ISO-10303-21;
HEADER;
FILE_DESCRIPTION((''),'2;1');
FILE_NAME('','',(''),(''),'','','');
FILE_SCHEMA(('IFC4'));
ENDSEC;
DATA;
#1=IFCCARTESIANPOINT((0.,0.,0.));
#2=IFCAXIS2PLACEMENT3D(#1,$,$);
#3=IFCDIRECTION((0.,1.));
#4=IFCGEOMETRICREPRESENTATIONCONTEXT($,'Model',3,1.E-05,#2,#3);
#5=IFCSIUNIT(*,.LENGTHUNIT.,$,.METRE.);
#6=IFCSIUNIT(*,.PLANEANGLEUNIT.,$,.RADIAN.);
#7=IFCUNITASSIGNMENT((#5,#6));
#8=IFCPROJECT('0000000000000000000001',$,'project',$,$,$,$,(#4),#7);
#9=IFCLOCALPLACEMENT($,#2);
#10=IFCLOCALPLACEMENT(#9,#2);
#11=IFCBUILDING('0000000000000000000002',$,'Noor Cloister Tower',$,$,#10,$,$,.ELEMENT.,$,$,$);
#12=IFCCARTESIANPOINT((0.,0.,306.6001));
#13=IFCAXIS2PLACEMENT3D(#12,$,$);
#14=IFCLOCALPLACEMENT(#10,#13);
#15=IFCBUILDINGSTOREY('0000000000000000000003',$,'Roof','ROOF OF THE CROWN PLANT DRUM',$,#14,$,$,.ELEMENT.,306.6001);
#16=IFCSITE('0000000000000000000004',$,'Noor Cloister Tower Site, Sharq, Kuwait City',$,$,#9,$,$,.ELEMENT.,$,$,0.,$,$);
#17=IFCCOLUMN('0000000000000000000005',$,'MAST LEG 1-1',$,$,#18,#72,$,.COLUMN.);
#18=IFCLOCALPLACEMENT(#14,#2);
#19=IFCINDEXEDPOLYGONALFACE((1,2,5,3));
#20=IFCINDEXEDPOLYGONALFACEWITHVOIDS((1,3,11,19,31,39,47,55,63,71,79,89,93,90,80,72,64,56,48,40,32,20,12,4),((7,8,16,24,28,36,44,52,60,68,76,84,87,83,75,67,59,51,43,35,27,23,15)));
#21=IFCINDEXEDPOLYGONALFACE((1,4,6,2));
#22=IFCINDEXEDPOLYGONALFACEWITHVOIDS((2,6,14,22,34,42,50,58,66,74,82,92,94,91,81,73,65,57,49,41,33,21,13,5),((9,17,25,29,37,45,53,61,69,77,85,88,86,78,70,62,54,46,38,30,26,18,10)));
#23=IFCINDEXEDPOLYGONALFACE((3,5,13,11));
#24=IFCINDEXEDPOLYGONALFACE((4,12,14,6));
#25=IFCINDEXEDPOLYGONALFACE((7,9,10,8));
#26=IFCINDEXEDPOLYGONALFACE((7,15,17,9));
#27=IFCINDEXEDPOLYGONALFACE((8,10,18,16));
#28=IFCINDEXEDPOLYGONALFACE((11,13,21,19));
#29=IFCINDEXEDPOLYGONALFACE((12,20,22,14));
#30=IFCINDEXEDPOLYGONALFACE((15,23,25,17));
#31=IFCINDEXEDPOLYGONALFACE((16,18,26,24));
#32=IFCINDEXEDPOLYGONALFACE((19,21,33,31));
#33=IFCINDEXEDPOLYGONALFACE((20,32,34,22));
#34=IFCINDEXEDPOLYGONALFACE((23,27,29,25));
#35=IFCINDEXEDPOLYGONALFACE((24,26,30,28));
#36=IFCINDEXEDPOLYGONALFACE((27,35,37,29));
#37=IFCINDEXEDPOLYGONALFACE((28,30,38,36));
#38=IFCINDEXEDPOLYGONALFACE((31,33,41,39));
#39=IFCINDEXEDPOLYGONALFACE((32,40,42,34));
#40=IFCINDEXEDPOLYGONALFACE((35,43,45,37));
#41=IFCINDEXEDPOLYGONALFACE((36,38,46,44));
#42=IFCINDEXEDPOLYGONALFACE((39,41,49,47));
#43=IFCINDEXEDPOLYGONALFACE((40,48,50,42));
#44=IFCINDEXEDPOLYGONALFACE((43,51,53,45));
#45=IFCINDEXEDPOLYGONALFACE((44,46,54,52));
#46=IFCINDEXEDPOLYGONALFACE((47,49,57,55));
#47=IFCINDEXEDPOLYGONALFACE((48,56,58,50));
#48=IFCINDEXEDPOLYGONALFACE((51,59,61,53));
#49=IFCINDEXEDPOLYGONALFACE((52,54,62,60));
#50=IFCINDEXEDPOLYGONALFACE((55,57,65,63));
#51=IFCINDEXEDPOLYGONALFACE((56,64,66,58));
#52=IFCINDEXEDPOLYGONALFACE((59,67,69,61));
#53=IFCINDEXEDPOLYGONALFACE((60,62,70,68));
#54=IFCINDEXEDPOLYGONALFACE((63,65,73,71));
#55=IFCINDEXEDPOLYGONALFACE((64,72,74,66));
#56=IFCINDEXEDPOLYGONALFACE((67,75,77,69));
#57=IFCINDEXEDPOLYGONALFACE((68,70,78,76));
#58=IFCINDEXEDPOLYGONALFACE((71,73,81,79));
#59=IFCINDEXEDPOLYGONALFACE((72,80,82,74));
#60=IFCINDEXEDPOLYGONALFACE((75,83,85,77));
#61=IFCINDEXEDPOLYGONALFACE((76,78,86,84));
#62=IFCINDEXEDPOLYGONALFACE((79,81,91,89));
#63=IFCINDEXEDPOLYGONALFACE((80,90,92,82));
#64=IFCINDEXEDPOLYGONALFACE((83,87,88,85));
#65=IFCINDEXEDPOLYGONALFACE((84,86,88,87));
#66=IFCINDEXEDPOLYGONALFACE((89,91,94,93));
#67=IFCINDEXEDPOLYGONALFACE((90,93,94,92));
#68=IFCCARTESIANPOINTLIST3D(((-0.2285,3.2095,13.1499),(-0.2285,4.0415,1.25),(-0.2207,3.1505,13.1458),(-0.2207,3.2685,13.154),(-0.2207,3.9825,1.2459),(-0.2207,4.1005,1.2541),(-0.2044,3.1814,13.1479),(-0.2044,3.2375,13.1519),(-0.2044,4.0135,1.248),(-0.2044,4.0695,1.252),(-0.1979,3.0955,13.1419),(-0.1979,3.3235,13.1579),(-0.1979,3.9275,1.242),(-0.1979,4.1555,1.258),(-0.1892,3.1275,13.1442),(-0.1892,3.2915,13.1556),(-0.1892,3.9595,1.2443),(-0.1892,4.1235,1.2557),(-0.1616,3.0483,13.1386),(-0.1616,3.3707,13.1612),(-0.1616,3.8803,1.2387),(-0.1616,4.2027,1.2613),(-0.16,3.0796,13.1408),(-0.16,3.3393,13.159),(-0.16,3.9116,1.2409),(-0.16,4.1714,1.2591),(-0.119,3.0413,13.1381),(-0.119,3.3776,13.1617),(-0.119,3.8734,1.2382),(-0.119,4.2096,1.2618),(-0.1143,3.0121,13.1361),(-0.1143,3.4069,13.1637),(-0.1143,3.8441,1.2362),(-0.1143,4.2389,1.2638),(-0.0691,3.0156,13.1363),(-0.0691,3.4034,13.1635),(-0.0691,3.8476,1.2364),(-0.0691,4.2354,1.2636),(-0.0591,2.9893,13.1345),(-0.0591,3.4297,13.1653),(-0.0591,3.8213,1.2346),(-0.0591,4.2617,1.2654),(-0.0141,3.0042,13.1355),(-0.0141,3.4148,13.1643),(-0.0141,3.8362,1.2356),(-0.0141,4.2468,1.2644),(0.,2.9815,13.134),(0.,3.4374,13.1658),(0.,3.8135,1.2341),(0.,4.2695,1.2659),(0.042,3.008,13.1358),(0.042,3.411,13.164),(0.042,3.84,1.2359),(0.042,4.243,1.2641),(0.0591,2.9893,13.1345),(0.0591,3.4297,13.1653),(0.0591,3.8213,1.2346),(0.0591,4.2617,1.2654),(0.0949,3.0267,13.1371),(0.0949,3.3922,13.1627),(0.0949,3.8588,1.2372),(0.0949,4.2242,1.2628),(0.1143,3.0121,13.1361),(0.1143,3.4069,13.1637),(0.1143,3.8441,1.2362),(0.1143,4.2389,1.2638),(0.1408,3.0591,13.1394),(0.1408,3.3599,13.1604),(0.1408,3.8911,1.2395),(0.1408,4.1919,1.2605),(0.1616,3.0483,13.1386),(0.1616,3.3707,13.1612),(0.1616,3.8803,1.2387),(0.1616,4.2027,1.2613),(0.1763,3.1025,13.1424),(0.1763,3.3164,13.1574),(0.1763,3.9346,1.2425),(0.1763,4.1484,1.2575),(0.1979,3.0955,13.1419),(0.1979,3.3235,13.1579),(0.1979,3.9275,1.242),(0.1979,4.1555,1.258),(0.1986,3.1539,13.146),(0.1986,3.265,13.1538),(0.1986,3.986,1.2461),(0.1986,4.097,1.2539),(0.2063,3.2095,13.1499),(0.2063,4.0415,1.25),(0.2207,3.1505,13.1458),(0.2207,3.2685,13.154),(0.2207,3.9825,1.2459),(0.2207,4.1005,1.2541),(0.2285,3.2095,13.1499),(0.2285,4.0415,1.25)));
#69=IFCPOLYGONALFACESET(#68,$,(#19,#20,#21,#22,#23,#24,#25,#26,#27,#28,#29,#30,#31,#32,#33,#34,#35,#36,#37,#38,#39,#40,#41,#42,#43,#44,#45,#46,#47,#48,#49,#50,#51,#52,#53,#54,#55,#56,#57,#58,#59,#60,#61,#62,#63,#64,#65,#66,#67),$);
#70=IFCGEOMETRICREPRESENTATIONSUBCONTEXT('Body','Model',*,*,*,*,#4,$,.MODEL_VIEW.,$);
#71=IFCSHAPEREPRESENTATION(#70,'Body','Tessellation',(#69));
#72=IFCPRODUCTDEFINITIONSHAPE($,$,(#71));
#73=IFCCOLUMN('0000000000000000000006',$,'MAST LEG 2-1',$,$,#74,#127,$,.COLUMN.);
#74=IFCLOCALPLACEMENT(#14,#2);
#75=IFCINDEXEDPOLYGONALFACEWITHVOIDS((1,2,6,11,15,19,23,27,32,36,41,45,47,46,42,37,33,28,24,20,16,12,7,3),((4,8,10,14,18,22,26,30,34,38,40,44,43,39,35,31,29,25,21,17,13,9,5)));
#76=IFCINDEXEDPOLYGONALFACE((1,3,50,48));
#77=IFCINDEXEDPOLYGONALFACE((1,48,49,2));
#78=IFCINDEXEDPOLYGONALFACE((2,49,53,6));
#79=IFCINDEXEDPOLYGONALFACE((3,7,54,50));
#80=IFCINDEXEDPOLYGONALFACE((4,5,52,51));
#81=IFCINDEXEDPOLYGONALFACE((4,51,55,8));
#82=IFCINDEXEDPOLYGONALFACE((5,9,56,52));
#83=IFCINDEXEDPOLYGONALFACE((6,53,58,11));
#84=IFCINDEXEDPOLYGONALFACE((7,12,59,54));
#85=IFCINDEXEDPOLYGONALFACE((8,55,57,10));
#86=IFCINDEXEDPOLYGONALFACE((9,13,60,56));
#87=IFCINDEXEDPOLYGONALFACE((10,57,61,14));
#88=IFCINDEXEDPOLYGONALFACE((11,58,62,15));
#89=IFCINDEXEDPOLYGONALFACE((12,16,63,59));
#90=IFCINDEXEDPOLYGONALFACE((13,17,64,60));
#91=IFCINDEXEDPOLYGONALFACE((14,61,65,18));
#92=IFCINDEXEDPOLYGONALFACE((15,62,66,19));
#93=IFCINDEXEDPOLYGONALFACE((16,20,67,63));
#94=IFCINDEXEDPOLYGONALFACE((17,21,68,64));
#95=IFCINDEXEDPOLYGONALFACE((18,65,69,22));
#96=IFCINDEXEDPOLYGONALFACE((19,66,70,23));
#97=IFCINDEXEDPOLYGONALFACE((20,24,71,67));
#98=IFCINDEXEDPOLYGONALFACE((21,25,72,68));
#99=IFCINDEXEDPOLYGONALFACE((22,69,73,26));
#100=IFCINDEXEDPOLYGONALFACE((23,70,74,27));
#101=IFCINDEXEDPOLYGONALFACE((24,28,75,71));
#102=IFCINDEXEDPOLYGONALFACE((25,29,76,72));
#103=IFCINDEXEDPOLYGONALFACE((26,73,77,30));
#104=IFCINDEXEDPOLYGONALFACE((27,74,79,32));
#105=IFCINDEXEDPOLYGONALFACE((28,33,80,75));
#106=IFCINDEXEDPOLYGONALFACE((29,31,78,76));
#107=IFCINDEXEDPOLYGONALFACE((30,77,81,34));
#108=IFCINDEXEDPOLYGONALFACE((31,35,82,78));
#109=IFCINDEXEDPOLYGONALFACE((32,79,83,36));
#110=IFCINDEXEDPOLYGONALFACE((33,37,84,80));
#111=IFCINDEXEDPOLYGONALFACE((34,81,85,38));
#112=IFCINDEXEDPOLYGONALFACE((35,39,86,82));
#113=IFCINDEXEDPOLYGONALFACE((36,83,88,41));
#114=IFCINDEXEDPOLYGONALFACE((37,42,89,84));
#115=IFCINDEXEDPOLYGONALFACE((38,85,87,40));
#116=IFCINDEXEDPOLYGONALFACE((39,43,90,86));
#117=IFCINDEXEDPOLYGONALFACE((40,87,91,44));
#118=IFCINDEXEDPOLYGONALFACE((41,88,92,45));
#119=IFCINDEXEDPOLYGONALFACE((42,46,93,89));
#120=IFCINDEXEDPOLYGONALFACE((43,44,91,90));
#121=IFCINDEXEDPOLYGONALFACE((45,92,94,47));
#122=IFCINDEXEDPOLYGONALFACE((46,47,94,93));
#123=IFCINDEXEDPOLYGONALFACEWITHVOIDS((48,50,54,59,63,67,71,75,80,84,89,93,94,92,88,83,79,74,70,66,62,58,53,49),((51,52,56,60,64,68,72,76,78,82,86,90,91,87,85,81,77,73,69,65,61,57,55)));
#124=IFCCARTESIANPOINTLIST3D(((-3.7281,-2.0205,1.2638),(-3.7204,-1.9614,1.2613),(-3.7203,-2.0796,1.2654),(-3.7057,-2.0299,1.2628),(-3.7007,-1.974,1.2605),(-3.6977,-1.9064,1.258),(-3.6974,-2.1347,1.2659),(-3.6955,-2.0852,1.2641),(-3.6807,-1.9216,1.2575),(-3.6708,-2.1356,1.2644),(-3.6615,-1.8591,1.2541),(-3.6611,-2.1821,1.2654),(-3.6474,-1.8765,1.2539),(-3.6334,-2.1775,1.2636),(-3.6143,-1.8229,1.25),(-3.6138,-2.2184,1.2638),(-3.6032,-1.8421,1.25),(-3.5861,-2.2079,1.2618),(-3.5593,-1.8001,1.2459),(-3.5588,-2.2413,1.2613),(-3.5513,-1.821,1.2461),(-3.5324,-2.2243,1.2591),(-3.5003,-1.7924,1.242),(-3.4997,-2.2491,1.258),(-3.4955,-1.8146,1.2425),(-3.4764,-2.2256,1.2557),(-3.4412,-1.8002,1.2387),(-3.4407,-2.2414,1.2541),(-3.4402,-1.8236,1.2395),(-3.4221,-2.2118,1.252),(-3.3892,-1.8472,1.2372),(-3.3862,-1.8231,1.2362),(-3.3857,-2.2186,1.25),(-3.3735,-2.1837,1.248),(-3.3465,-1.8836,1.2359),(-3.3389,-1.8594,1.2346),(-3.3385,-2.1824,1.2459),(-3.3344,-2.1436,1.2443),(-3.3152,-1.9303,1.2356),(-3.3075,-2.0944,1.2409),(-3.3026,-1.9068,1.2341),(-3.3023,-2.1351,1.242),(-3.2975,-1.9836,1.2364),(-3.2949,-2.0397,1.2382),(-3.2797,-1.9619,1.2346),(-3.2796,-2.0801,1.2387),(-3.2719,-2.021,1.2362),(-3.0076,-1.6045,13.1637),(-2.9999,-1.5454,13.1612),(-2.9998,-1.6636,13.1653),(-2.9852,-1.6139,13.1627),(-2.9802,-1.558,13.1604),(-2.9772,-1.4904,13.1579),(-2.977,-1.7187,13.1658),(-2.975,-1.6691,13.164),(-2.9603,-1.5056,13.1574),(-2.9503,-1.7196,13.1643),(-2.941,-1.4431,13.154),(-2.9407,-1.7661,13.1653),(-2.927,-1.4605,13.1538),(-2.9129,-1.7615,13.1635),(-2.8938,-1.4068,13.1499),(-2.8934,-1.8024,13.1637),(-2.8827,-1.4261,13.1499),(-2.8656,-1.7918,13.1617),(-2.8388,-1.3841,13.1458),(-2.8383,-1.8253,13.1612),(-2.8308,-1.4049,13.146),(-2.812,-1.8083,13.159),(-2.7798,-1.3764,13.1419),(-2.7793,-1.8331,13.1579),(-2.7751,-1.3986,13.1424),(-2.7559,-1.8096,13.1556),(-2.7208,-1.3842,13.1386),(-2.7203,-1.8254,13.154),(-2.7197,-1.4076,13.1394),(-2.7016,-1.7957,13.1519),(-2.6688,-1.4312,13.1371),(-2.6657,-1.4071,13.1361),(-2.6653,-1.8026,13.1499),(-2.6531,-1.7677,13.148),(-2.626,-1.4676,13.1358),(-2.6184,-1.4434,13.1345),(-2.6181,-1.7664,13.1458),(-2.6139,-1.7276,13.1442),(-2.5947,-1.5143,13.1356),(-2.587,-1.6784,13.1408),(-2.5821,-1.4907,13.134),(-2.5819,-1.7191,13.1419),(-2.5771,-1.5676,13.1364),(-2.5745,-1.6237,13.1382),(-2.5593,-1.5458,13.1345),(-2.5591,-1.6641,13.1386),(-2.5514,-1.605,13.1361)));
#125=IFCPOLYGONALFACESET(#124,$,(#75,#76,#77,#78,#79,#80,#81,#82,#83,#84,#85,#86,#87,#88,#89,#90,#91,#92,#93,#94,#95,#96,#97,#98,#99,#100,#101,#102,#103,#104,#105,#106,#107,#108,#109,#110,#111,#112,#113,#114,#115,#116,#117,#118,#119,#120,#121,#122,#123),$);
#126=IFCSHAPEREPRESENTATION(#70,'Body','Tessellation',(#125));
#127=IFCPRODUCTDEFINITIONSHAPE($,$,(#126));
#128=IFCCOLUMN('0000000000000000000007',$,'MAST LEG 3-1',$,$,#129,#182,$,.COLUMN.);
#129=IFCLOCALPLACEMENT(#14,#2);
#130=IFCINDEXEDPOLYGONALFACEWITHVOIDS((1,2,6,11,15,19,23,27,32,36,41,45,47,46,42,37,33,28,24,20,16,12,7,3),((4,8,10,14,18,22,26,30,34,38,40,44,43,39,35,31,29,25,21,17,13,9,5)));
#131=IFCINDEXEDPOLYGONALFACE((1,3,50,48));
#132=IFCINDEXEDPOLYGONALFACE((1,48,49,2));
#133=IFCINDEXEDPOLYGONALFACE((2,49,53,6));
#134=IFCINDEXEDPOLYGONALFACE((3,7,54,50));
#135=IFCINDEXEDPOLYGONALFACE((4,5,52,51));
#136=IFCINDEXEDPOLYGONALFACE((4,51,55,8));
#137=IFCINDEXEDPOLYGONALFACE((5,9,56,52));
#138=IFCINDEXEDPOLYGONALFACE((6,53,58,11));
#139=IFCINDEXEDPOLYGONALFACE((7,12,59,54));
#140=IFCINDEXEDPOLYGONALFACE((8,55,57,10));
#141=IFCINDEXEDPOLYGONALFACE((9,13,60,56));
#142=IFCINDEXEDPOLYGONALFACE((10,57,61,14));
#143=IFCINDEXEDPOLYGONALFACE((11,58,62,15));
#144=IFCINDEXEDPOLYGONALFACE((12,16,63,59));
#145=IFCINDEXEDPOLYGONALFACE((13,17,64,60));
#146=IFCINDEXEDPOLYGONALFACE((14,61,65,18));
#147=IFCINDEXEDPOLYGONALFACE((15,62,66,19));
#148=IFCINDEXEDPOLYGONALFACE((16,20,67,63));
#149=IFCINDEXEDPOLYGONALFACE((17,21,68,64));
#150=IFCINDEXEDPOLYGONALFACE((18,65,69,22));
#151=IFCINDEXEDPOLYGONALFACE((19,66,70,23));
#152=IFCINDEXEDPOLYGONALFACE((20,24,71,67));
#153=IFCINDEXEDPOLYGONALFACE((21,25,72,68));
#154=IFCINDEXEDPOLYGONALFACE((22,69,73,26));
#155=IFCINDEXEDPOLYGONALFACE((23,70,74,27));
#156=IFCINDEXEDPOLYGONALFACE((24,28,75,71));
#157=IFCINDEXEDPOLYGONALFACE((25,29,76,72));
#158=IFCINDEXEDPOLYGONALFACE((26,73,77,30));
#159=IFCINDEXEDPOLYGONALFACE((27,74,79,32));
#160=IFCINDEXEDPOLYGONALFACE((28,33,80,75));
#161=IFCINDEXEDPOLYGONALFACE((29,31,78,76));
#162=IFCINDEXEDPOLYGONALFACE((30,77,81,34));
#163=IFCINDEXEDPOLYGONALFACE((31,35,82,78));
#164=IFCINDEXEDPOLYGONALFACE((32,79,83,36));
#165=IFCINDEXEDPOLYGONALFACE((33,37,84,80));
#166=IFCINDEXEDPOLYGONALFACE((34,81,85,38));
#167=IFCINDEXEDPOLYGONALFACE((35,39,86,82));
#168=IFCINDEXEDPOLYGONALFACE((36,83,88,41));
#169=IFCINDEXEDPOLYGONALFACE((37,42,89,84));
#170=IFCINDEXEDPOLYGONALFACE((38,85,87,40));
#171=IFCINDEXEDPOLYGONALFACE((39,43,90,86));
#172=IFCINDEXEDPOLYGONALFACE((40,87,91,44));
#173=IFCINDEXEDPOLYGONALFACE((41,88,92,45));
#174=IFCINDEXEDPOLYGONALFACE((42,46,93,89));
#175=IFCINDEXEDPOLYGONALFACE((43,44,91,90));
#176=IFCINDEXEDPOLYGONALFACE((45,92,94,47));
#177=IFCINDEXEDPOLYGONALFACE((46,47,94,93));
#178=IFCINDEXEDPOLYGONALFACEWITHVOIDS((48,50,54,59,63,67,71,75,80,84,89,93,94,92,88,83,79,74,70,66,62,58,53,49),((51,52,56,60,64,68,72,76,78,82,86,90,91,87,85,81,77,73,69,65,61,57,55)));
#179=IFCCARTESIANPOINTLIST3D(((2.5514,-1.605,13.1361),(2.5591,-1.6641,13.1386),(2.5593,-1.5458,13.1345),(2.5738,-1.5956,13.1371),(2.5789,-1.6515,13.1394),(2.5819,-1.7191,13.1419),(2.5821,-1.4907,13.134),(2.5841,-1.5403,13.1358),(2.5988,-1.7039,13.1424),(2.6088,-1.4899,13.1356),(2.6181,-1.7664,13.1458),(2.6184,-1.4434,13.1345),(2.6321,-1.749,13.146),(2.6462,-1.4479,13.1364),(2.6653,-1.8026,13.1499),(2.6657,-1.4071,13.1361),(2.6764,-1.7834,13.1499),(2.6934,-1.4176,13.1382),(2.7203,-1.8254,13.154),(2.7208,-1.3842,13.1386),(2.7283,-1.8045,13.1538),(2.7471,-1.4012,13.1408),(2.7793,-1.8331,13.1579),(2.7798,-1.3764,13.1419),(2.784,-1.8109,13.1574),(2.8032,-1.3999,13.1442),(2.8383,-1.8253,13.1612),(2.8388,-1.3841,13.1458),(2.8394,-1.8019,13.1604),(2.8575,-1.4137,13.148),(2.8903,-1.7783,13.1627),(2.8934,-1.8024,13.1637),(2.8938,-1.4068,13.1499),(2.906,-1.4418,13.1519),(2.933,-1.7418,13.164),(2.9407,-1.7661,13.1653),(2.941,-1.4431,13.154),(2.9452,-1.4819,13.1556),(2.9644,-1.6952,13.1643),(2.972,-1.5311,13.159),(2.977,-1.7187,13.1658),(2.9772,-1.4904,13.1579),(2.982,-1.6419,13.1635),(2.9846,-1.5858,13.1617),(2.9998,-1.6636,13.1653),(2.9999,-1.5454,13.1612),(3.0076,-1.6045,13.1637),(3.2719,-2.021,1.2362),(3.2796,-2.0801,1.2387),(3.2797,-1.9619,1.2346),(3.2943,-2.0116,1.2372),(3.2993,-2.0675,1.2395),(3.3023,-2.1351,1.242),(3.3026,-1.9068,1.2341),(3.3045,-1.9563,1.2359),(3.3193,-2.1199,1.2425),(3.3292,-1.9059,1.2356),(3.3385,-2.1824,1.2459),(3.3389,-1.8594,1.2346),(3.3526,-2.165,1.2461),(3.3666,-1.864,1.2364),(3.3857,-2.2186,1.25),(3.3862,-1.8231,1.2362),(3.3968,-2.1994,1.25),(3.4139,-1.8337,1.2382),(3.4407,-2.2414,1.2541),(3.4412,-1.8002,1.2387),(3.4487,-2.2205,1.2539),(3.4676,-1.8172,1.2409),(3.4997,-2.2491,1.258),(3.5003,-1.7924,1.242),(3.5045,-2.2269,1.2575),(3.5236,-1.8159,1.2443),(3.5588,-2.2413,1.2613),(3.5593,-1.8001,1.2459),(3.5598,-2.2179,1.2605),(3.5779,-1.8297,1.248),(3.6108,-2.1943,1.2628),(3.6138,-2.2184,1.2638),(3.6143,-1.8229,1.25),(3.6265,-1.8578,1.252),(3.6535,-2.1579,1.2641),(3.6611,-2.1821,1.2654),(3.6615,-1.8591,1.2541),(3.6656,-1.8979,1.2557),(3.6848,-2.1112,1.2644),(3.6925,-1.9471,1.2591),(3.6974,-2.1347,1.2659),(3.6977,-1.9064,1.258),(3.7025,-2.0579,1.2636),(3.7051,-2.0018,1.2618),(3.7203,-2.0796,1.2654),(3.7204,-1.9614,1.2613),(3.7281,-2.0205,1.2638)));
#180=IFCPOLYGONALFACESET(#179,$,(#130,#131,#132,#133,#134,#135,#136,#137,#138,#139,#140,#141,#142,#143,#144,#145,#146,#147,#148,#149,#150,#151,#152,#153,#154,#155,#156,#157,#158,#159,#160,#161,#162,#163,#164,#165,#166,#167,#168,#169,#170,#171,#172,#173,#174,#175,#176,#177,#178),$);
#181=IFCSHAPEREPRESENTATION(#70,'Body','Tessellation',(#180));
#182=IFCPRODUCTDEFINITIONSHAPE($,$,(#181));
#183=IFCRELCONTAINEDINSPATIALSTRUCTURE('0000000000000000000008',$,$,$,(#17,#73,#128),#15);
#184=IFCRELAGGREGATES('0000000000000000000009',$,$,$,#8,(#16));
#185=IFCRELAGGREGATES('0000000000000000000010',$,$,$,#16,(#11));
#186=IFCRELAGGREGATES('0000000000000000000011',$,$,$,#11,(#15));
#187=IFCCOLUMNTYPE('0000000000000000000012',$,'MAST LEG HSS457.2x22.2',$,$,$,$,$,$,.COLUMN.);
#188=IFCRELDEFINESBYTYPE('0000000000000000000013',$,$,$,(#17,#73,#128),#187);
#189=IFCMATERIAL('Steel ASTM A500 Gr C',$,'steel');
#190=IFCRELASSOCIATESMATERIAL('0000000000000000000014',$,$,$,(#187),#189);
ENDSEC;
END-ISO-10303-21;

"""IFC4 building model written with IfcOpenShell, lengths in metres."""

from ifc_helpers import new_model, si_unit, direction, frame, origin, origin_2d, place, context, subcontext, project, spatial, hollow_circle, extrude, material, material_profile, profile_set, type_object, element, save


model = new_model("IFC4")

# Units and contexts
model_context = context("Model", 3, precision=1e-05, world=origin(), true_north=direction((0.0, 1.0)))
body_context = subcontext(model_context, "Body", "Model", "MODEL_VIEW")
ifc_project = project(units=[si_unit("LENGTHUNIT", "METRE"), si_unit("PLANEANGLEUNIT", "RADIAN")], contexts=[model_context])

# Site, building, storey
site_placement = place(None, origin())
site = spatial("IfcSite", under=ifc_project, at=site_placement, Name="Noor Cloister Tower Site, Sharq, Kuwait City", CompositionType="ELEMENT", RefElevation=0.0)
building_placement = place(site_placement, origin())
building = spatial("IfcBuilding", under=site, at=building_placement, Name="Noor Cloister Tower", CompositionType="ELEMENT")
storey_placement = place(building_placement, frame((0.0, 0.0, 306.6001)))
storey = spatial("IfcBuildingStorey", under=building, at=storey_placement, Name="Roof", Description="ROOF OF THE CROWN PLANT DRUM", CompositionType="ELEMENT", Elevation=306.6001)

# Columns
ifc_material_1 = material(Name="Steel ASTM A500 Gr C", Category="steel")
ifc_material_profile_1 = material_profile(ifc_material_1, hollow_circle(Radius=0.2285, WallThickness=0.0222, at=origin_2d()), Name="HSS457.2x22.2")
ifc_profile_set_1 = profile_set([ifc_material_profile_1], Name="Steel ASTM A500 Gr C")
column_type = type_object("IfcColumnType", Name="MAST LEG HSS457.2x22.2", PredefinedType="COLUMN", material=ifc_profile_set_1)
for number, where, z_axis, x_axis, name in (
    (1, (0.0, 4.0415, 1.25), (0.0, -0.069749, 0.997565), (1.0, 0.0, 0.0), "MAST LEG 1-1"),
    (2, (-3.5, -2.0208, 1.25), (0.060396, 0.034874, 0.997565), (-0.500053, 0.865995, 0.0), "MAST LEG 2-1"),
    (3, (3.5, -2.0208, 1.25), (-0.060396, 0.034874, 0.997565), (-0.500053, -0.865995, 0.0), "MAST LEG 3-1"),
):
    element("IfcColumn", number, at=place(storey_placement, frame(where, z_axis=z_axis, x_axis=x_axis)), inside=storey, type_object=column_type, Name=name, PredefinedType="COLUMN", context=body_context, shape_type="SweptSolid", body=[
        extrude(hollow_circle(Radius=0.2285, WallThickness=0.0222, at=origin_2d()), origin(), (0.0, 0.0, 1.0), 11.929),
    ])

save(model, "model.ifc")
